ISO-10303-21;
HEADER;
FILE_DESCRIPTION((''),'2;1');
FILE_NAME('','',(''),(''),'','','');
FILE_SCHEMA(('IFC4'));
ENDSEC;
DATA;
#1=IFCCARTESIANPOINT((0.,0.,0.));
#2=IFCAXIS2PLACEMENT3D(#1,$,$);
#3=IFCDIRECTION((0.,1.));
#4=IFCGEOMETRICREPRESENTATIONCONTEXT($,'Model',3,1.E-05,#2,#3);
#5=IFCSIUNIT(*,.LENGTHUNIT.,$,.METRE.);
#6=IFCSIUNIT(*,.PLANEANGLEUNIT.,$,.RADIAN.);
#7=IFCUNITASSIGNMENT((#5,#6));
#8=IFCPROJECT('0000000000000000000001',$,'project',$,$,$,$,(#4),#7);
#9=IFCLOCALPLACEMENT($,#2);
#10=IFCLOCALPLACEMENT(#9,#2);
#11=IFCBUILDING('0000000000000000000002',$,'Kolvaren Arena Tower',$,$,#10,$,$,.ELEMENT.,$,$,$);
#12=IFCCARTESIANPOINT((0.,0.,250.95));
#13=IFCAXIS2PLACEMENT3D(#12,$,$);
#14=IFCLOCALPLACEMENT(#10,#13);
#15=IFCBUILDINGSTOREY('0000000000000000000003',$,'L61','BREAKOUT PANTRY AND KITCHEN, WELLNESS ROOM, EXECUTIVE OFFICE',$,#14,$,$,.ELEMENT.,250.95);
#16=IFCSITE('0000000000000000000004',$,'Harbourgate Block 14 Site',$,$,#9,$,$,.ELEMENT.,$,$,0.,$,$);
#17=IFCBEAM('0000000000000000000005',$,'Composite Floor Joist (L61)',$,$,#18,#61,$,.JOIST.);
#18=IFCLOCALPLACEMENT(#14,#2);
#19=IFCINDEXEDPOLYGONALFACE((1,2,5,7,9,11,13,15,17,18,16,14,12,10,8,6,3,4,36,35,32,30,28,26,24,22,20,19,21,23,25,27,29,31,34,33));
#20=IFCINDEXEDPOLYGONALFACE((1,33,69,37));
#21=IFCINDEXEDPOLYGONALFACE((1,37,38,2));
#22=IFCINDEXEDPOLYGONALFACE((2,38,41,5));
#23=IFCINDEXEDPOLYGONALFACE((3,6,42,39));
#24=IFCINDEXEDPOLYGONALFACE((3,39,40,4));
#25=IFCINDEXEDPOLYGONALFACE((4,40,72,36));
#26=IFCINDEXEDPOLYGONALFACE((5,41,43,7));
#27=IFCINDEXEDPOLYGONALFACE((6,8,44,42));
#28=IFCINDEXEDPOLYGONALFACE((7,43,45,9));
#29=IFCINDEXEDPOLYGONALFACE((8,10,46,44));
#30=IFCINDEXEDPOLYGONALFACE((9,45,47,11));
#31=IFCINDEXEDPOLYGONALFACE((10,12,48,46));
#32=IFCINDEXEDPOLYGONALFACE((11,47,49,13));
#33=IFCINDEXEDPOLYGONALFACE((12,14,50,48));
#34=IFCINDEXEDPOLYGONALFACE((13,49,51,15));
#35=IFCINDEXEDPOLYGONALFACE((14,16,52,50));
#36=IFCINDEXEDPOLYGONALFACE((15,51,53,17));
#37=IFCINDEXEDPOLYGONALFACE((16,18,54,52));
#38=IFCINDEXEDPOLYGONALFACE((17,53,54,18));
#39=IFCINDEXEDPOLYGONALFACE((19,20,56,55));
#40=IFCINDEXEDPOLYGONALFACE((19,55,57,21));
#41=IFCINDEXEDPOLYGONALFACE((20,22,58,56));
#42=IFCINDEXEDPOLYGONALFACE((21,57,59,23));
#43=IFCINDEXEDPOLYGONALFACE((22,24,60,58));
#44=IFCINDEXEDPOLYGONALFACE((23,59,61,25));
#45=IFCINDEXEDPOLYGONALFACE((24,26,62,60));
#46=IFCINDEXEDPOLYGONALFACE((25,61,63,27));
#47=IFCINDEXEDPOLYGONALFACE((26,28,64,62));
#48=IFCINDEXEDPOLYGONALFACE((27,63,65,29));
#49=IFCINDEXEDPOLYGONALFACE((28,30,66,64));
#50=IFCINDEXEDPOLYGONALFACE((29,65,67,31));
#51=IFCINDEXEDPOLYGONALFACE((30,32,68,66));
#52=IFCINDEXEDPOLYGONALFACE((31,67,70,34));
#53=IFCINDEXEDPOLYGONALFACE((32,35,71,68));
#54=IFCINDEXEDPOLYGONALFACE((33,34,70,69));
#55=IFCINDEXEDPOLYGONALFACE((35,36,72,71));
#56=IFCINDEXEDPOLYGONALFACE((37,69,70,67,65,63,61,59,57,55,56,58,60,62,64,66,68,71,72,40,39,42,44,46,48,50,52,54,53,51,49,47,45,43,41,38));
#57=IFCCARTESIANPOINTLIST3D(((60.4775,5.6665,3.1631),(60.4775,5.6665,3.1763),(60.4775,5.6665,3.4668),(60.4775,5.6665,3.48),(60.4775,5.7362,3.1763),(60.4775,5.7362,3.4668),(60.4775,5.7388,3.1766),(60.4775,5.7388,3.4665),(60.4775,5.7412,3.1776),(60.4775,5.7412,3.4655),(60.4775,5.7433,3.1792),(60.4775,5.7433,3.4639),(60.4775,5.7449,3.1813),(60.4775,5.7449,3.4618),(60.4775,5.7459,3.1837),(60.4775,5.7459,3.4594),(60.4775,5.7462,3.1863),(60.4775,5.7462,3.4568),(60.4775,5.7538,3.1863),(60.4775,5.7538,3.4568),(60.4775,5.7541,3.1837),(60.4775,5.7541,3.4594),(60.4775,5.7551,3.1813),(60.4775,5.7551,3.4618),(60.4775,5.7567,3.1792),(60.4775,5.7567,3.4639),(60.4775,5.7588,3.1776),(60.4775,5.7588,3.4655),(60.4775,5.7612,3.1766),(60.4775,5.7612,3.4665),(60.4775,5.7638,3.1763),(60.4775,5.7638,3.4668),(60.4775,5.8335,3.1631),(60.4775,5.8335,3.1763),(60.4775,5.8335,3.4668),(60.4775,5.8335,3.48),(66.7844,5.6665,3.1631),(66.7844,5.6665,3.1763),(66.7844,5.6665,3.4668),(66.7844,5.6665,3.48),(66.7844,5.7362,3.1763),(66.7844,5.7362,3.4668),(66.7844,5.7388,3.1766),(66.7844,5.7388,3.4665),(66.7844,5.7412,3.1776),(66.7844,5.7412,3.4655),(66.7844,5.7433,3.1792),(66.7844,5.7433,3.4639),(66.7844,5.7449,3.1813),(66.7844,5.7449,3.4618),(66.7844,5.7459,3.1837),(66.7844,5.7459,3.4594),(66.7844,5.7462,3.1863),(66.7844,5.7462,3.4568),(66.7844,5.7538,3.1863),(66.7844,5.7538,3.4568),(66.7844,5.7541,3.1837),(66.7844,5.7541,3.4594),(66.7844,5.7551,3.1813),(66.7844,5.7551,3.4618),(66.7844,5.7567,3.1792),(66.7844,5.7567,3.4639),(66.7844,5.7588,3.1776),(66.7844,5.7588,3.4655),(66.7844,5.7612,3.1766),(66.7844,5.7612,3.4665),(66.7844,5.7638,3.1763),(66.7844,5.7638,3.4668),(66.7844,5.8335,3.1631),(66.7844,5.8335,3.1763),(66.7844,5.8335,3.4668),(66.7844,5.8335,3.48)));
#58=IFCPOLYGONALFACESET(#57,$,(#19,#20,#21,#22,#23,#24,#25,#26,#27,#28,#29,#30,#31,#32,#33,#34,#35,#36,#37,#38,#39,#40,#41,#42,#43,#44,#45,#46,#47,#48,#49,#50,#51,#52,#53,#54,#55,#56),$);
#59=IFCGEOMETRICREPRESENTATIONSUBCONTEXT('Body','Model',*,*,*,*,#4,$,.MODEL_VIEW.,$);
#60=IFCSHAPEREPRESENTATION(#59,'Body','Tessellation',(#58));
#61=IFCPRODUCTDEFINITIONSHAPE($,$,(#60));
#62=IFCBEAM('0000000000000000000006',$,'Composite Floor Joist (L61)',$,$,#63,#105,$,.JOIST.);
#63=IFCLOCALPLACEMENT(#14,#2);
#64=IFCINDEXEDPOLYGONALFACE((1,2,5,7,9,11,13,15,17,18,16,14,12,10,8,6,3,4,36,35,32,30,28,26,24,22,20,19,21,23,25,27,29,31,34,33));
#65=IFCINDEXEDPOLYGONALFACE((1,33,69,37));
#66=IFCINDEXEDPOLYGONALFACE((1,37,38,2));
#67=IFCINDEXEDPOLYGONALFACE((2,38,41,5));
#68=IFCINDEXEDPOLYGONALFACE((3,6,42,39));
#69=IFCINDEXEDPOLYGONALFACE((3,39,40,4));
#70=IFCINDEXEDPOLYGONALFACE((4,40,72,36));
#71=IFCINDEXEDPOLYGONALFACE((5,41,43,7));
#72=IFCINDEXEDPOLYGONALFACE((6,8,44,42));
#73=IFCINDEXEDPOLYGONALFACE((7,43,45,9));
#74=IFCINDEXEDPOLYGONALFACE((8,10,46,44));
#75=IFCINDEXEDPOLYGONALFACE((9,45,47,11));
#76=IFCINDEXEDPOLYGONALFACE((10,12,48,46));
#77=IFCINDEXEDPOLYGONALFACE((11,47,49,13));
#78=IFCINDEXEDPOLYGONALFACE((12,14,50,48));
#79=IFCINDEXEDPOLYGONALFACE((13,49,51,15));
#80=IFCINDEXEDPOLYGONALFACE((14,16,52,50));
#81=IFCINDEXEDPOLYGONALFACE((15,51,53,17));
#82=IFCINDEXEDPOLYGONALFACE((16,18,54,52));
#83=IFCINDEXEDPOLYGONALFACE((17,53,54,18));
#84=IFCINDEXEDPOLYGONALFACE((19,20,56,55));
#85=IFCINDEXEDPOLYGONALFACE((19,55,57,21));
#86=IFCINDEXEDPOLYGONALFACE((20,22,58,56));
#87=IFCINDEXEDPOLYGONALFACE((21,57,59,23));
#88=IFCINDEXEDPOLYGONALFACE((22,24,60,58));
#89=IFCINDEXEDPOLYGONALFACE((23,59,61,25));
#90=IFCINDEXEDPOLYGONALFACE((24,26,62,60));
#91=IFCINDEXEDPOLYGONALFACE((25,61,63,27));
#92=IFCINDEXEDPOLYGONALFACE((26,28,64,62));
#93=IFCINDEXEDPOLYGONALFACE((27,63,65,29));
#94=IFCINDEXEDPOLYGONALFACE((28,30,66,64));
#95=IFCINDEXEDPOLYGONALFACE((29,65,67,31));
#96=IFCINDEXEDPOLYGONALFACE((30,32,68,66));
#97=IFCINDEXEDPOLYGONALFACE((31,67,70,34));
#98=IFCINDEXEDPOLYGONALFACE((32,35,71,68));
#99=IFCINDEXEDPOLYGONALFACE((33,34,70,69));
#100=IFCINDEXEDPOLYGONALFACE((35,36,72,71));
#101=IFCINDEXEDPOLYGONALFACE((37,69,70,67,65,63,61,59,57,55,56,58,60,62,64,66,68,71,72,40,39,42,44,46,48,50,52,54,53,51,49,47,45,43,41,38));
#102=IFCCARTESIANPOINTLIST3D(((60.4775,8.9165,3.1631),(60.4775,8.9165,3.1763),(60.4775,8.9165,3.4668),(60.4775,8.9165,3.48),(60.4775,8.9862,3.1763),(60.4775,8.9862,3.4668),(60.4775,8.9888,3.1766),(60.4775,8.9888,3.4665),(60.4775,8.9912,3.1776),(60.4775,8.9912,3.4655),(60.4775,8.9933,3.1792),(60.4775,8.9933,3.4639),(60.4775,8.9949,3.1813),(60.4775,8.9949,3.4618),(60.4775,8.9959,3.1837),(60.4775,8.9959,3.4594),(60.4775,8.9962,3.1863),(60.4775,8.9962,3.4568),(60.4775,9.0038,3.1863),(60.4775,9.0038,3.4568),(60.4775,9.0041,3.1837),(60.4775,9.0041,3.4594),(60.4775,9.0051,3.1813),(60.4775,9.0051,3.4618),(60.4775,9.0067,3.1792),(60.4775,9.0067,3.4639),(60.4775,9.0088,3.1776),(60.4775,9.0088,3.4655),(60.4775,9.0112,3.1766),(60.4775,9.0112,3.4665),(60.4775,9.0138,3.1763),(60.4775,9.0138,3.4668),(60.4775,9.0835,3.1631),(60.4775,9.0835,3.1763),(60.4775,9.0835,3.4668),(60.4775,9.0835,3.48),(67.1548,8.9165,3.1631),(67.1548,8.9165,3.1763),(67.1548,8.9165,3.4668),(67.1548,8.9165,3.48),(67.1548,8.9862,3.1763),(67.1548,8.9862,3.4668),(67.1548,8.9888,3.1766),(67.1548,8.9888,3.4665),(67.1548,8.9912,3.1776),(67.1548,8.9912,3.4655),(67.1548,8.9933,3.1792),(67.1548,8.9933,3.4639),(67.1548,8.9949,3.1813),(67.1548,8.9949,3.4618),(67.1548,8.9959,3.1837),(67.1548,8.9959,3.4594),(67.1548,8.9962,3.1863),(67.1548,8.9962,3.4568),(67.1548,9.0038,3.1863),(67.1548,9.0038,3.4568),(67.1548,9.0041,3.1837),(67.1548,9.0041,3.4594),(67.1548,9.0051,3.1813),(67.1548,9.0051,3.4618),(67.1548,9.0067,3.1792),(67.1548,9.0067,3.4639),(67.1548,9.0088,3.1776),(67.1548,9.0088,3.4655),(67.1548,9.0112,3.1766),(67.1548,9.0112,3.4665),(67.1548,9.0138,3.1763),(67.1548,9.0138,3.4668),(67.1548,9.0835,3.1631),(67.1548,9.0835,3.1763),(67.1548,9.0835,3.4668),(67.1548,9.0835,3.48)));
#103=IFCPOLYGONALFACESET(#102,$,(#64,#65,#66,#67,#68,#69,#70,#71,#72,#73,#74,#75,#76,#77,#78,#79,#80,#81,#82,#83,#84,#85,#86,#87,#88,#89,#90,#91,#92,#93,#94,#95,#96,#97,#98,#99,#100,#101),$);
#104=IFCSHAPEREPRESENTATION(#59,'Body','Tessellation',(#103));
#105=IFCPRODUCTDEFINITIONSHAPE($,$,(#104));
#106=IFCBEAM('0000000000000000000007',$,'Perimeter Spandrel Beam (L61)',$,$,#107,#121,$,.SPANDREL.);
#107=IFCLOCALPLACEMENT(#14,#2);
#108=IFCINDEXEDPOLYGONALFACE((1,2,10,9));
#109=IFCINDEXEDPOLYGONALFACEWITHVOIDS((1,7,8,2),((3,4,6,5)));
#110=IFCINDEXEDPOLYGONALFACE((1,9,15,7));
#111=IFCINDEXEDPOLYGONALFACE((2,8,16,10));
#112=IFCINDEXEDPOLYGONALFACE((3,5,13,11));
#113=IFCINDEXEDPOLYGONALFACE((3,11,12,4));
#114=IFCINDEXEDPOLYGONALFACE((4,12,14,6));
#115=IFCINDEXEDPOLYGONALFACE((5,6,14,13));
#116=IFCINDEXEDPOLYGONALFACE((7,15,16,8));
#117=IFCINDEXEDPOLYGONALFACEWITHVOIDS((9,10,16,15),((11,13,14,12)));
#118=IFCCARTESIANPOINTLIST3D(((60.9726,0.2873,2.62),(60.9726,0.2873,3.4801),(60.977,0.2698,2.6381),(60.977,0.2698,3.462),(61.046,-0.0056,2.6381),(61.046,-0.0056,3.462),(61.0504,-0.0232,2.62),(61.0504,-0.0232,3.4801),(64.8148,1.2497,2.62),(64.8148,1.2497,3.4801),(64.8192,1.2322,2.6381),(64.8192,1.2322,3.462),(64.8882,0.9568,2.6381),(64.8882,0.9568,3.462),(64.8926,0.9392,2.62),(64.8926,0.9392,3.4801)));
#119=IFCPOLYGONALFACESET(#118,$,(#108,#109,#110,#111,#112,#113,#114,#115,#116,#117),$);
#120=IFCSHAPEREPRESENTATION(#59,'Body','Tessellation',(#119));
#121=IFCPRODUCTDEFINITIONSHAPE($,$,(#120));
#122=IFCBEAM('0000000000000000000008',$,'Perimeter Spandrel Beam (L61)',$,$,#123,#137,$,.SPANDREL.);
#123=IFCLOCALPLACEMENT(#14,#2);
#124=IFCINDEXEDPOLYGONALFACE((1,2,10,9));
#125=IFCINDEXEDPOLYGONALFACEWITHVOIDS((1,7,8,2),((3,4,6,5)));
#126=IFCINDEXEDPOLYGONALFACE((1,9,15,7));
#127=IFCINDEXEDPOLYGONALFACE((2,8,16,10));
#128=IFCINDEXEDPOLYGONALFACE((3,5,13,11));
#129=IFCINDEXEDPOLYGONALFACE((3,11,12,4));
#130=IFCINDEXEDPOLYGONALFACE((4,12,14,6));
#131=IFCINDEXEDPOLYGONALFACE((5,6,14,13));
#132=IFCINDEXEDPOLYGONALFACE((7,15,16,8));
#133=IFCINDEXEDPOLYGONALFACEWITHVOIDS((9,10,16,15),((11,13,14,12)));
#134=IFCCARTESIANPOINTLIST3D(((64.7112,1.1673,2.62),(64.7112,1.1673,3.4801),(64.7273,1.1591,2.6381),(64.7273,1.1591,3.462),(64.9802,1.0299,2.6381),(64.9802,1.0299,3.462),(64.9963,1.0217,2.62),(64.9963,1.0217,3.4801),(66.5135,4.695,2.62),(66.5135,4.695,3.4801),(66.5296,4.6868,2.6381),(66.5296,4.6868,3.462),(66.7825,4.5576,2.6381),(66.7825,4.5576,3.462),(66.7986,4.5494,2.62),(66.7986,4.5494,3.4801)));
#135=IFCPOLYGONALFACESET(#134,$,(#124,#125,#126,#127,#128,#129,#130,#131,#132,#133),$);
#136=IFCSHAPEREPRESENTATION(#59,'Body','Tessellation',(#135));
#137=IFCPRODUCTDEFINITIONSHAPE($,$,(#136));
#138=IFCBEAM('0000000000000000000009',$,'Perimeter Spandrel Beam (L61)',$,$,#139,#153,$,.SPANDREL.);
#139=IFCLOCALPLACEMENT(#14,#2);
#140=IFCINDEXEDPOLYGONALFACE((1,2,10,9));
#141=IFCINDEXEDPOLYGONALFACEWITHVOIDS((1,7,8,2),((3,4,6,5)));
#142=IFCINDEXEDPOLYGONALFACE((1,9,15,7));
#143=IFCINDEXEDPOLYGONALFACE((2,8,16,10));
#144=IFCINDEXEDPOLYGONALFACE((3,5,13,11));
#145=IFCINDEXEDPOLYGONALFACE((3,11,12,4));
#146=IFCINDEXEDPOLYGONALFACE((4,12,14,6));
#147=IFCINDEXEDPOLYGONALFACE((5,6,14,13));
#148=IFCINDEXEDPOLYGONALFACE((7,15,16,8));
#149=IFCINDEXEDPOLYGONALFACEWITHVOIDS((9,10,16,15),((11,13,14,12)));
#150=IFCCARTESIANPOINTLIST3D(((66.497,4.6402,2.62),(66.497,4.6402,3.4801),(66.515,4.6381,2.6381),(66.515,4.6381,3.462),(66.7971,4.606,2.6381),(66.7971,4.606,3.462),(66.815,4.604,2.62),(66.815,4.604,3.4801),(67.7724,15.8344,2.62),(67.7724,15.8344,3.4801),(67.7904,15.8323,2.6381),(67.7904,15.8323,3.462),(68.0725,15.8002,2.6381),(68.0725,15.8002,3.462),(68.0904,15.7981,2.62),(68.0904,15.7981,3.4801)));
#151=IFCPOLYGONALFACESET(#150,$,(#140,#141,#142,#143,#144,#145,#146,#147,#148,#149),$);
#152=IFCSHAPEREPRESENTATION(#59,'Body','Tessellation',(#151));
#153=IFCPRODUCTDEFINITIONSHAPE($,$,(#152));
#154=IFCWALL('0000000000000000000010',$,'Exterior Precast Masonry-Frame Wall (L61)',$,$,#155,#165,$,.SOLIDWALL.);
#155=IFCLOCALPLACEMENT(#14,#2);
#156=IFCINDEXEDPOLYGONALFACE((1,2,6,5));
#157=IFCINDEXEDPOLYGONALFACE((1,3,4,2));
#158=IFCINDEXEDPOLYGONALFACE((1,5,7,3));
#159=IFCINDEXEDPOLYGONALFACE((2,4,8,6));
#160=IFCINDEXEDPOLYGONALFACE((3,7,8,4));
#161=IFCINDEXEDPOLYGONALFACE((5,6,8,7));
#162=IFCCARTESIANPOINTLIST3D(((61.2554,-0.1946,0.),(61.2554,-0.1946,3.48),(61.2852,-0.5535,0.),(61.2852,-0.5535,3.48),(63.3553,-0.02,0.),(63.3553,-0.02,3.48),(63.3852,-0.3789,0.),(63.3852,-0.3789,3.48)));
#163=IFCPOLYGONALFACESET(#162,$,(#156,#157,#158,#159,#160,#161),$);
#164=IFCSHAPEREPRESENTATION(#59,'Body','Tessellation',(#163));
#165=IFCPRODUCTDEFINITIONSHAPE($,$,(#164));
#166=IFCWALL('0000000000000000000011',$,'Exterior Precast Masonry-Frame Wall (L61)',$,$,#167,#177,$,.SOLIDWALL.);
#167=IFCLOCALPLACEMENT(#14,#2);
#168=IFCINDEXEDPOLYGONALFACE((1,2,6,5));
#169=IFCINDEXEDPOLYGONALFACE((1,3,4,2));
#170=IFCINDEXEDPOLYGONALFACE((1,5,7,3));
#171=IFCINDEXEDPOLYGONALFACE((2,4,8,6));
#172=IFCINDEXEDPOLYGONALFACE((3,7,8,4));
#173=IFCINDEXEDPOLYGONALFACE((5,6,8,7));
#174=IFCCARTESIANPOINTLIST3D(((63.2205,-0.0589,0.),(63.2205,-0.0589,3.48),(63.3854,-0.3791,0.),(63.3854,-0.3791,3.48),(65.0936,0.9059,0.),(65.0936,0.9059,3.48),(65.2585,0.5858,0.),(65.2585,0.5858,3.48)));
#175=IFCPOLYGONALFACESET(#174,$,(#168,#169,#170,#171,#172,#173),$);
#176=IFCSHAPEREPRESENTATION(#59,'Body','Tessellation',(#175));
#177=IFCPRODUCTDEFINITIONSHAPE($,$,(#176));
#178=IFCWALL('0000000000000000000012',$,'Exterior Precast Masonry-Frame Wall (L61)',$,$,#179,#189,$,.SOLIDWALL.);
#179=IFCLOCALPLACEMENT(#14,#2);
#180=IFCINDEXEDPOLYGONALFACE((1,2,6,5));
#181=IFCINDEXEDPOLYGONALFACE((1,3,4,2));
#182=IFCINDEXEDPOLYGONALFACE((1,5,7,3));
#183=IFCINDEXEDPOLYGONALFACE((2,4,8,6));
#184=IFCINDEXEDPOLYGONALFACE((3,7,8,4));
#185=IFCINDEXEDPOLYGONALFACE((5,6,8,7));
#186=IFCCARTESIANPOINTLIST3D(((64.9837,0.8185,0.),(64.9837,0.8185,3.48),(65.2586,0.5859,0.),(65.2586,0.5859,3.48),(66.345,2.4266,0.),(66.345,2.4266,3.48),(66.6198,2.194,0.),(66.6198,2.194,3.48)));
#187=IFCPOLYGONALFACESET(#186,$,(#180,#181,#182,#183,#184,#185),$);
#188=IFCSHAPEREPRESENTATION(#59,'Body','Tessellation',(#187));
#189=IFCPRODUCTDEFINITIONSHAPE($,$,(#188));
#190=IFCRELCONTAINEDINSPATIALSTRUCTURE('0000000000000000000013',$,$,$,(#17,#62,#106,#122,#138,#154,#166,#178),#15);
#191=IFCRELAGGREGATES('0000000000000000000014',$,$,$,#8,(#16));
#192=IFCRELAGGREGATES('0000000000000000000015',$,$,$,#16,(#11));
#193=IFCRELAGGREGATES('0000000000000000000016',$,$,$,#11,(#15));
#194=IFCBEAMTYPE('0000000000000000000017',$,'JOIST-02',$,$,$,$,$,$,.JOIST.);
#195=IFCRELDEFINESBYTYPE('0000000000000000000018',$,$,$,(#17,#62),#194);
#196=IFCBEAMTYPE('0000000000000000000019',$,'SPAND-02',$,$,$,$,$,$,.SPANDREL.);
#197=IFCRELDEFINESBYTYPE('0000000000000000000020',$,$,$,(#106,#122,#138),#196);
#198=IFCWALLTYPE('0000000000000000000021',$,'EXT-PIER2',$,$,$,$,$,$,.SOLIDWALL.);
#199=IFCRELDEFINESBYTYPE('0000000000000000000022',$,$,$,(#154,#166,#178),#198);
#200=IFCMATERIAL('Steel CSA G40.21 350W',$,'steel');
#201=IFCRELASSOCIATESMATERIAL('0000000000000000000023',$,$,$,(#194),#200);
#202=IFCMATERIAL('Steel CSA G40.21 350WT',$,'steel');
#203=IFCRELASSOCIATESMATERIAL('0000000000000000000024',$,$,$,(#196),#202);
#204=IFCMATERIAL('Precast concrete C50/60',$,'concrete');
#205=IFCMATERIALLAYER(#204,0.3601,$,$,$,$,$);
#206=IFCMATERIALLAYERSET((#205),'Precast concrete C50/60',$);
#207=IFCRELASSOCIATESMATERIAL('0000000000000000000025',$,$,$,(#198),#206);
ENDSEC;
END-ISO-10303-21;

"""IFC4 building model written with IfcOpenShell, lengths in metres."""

from ifc_helpers import new_model, si_unit, direction, frame, frame_2d, origin, origin_2d, place, context, subcontext, project, spatial, rectangle, hollow_rectangle, i_section, extrude, material, layer, layer_set, material_profile, profile_set, type_object, element, save


model = new_model("IFC4")

# Units and contexts
model_context = context("Model", 3, precision=1e-05, world=origin(), true_north=direction((0.0, 1.0)))
body_context = subcontext(model_context, "Body", "Model", "MODEL_VIEW")
ifc_project = project(units=[si_unit("LENGTHUNIT", "METRE"), si_unit("PLANEANGLEUNIT", "RADIAN")], contexts=[model_context])

# Site, building, storey
site_placement = place(None, origin())
site = spatial("IfcSite", under=ifc_project, at=site_placement, Name="Harbourgate Block 14 Site", CompositionType="ELEMENT", RefElevation=0.0)
building_placement = place(site_placement, origin())
building = spatial("IfcBuilding", under=site, at=building_placement, Name="Kolvaren Arena Tower", CompositionType="ELEMENT")
storey_placement = place(building_placement, frame((0.0, 0.0, 250.95)))
storey = spatial("IfcBuildingStorey", under=building, at=storey_placement, Name="L61", Description="BREAKOUT PANTRY AND KITCHEN, WELLNESS ROOM, EXECUTIVE OFFICE", CompositionType="ELEMENT", Elevation=250.95)

# Beams
ifc_material_1 = material(Name="Steel CSA G40.21 350W", Category="steel")
ifc_material_profile_1 = material_profile(ifc_material_1, i_section(OverallWidth=0.167, OverallDepth=0.3169, WebThickness=0.0076, FlangeThickness=0.0132, FilletRadius=0.01, at=origin_2d()), Name="W310x52")
ifc_profile_set_1 = profile_set([ifc_material_profile_1], Name="Steel CSA G40.21 350W")
beam_type_1 = type_object("IfcBeamType", Name="JOIST-02", PredefinedType="JOIST", material=ifc_profile_set_1)
beam_1_placement = place(storey_placement, frame((60.4775, 5.75, 3.3215), z_axis=(1.0, 0.0, 0.0), x_axis=(0.0, 1.0, 0.0)))
element("IfcBeam", 1, at=beam_1_placement, inside=storey, type_object=beam_type_1, Name="Composite Floor Joist (L61)", PredefinedType="JOIST", context=body_context, shape_type="SweptSolid", body=[
    extrude(i_section(OverallWidth=0.167, OverallDepth=0.3169, WebThickness=0.0076, FlangeThickness=0.0132, FilletRadius=0.01, at=origin_2d()), origin(), (0.0, 0.0, 1.0), 6.3069),
])
beam_2_placement = place(storey_placement, frame((60.4775, 9.0, 3.3215), z_axis=(1.0, 0.0, 0.0), x_axis=(0.0, 1.0, 0.0)))
element("IfcBeam", 2, at=beam_2_placement, inside=storey, type_object=beam_type_1, Name="Composite Floor Joist (L61)", PredefinedType="JOIST", context=body_context, shape_type="SweptSolid", body=[
    extrude(i_section(OverallWidth=0.167, OverallDepth=0.3169, WebThickness=0.0076, FlangeThickness=0.0132, FilletRadius=0.01, at=origin_2d()), origin(), (0.0, 0.0, 1.0), 6.6772),
])
ifc_material_2 = material(Name="Steel CSA G40.21 350WT", Category="steel")
ifc_material_profile_2 = material_profile(ifc_material_2, hollow_rectangle(XDim=0.3201, YDim=0.8601, WallThickness=0.0181, at=origin_2d()), Name="HSS 860x320x18")
ifc_profile_set_2 = profile_set([ifc_material_profile_2], Name="Steel CSA G40.21 350WT")
beam_type_2 = type_object("IfcBeamType", Name="SPAND-02", PredefinedType="SPANDREL", material=ifc_profile_set_2)
beam_3_placement = place(storey_placement, frame((61.0115, 0.1321, 3.05), z_axis=(0.970034, 0.242971, 0.0), x_axis=(-0.242971, 0.970034, 0.0)))
element("IfcBeam", 3, at=beam_3_placement, inside=storey, type_object=beam_type_2, Name="Perimeter Spandrel Beam (L61)", PredefinedType="SPANDREL", context=body_context, shape_type="SweptSolid", body=[
    extrude(hollow_rectangle(XDim=0.3201, YDim=0.8601, WallThickness=0.0181, at=origin_2d()), origin(), (0.0, 0.0, 1.0), 3.9609),
])
beam_4_placement = place(storey_placement, frame((64.8538, 1.0945, 3.05), z_axis=(0.454962, 0.890511, 0.0), x_axis=(-0.890511, 0.454962, 0.0)))
element("IfcBeam", 4, at=beam_4_placement, inside=storey, type_object=beam_type_2, Name="Perimeter Spandrel Beam (L61)", PredefinedType="SPANDREL", context=body_context, shape_type="SweptSolid", body=[
    extrude(hollow_rectangle(XDim=0.3201, YDim=0.8601, WallThickness=0.0181, at=origin_2d()), origin(), (0.0, 0.0, 1.0), 3.9614),
])
beam_5_placement = place(storey_placement, frame((66.656, 4.6221, 3.05), z_axis=(0.113202, 0.993572, 0.0), x_axis=(-0.993572, 0.113202, 0.0)))
element("IfcBeam", 5, at=beam_5_placement, inside=storey, type_object=beam_type_2, Name="Perimeter Spandrel Beam (L61)", PredefinedType="SPANDREL", context=body_context, shape_type="SweptSolid", body=[
    extrude(hollow_rectangle(XDim=0.3201, YDim=0.8601, WallThickness=0.0181, at=origin_2d()), origin(), (0.0, 0.0, 1.0), 11.2666),
])

# Walls
ifc_material_3 = material(Name="Precast concrete C50/60", Category="concrete")
ifc_layer_1 = layer(ifc_material_3, 0.3601)
ifc_layer_set_1 = layer_set([ifc_layer_1], Name="Precast concrete C50/60")
wall_type_1 = type_object("IfcWallType", Name="EXT-PIER2", PredefinedType="SOLIDWALL", material=ifc_layer_set_1)
wall_1_placement = place(storey_placement, frame((63.3704, -0.1995, 0.0), z_axis=(0.0, 0.0, 1.0), x_axis=(-0.996563, -0.082844, 0.0)))
element("IfcWall", 6, at=wall_1_placement, inside=storey, type_object=wall_type_1, Name="Exterior Precast Masonry-Frame Wall (L61)", PredefinedType="SOLIDWALL", context=body_context, shape_type="SweptSolid", body=[
    extrude(rectangle(XDim=2.1072, YDim=0.3601, at=frame_2d((1.0537, 0.0))), origin(), (0.0, 0.0, 1.0), 3.48),
])
for number, where, z_axis, x_axis, name in (
    (7, (65.176, 0.7458, 0.0), (0.0, 0.0, 1.0), (-0.888986, -0.457934, 0.0), "Exterior Precast Masonry-Frame Wall (L61)"),
    (8, (66.4824, 2.3103, 0.0), (0.0, 0.0, 1.0), (-0.646103, -0.76325, 0.0), "Exterior Precast Masonry-Frame Wall (L61)"),
):
    element("IfcWall", number, at=place(storey_placement, frame(where, z_axis=z_axis, x_axis=x_axis)), inside=storey, type_object=wall_type_1, Name=name, PredefinedType="SOLIDWALL", context=body_context, shape_type="SweptSolid", body=[
        extrude(rectangle(XDim=2.1069, YDim=0.3601, at=frame_2d((1.0535, 0.0))), origin(), (0.0, 0.0, 1.0), 3.48),
    ])

save(model, "model.ifc")
